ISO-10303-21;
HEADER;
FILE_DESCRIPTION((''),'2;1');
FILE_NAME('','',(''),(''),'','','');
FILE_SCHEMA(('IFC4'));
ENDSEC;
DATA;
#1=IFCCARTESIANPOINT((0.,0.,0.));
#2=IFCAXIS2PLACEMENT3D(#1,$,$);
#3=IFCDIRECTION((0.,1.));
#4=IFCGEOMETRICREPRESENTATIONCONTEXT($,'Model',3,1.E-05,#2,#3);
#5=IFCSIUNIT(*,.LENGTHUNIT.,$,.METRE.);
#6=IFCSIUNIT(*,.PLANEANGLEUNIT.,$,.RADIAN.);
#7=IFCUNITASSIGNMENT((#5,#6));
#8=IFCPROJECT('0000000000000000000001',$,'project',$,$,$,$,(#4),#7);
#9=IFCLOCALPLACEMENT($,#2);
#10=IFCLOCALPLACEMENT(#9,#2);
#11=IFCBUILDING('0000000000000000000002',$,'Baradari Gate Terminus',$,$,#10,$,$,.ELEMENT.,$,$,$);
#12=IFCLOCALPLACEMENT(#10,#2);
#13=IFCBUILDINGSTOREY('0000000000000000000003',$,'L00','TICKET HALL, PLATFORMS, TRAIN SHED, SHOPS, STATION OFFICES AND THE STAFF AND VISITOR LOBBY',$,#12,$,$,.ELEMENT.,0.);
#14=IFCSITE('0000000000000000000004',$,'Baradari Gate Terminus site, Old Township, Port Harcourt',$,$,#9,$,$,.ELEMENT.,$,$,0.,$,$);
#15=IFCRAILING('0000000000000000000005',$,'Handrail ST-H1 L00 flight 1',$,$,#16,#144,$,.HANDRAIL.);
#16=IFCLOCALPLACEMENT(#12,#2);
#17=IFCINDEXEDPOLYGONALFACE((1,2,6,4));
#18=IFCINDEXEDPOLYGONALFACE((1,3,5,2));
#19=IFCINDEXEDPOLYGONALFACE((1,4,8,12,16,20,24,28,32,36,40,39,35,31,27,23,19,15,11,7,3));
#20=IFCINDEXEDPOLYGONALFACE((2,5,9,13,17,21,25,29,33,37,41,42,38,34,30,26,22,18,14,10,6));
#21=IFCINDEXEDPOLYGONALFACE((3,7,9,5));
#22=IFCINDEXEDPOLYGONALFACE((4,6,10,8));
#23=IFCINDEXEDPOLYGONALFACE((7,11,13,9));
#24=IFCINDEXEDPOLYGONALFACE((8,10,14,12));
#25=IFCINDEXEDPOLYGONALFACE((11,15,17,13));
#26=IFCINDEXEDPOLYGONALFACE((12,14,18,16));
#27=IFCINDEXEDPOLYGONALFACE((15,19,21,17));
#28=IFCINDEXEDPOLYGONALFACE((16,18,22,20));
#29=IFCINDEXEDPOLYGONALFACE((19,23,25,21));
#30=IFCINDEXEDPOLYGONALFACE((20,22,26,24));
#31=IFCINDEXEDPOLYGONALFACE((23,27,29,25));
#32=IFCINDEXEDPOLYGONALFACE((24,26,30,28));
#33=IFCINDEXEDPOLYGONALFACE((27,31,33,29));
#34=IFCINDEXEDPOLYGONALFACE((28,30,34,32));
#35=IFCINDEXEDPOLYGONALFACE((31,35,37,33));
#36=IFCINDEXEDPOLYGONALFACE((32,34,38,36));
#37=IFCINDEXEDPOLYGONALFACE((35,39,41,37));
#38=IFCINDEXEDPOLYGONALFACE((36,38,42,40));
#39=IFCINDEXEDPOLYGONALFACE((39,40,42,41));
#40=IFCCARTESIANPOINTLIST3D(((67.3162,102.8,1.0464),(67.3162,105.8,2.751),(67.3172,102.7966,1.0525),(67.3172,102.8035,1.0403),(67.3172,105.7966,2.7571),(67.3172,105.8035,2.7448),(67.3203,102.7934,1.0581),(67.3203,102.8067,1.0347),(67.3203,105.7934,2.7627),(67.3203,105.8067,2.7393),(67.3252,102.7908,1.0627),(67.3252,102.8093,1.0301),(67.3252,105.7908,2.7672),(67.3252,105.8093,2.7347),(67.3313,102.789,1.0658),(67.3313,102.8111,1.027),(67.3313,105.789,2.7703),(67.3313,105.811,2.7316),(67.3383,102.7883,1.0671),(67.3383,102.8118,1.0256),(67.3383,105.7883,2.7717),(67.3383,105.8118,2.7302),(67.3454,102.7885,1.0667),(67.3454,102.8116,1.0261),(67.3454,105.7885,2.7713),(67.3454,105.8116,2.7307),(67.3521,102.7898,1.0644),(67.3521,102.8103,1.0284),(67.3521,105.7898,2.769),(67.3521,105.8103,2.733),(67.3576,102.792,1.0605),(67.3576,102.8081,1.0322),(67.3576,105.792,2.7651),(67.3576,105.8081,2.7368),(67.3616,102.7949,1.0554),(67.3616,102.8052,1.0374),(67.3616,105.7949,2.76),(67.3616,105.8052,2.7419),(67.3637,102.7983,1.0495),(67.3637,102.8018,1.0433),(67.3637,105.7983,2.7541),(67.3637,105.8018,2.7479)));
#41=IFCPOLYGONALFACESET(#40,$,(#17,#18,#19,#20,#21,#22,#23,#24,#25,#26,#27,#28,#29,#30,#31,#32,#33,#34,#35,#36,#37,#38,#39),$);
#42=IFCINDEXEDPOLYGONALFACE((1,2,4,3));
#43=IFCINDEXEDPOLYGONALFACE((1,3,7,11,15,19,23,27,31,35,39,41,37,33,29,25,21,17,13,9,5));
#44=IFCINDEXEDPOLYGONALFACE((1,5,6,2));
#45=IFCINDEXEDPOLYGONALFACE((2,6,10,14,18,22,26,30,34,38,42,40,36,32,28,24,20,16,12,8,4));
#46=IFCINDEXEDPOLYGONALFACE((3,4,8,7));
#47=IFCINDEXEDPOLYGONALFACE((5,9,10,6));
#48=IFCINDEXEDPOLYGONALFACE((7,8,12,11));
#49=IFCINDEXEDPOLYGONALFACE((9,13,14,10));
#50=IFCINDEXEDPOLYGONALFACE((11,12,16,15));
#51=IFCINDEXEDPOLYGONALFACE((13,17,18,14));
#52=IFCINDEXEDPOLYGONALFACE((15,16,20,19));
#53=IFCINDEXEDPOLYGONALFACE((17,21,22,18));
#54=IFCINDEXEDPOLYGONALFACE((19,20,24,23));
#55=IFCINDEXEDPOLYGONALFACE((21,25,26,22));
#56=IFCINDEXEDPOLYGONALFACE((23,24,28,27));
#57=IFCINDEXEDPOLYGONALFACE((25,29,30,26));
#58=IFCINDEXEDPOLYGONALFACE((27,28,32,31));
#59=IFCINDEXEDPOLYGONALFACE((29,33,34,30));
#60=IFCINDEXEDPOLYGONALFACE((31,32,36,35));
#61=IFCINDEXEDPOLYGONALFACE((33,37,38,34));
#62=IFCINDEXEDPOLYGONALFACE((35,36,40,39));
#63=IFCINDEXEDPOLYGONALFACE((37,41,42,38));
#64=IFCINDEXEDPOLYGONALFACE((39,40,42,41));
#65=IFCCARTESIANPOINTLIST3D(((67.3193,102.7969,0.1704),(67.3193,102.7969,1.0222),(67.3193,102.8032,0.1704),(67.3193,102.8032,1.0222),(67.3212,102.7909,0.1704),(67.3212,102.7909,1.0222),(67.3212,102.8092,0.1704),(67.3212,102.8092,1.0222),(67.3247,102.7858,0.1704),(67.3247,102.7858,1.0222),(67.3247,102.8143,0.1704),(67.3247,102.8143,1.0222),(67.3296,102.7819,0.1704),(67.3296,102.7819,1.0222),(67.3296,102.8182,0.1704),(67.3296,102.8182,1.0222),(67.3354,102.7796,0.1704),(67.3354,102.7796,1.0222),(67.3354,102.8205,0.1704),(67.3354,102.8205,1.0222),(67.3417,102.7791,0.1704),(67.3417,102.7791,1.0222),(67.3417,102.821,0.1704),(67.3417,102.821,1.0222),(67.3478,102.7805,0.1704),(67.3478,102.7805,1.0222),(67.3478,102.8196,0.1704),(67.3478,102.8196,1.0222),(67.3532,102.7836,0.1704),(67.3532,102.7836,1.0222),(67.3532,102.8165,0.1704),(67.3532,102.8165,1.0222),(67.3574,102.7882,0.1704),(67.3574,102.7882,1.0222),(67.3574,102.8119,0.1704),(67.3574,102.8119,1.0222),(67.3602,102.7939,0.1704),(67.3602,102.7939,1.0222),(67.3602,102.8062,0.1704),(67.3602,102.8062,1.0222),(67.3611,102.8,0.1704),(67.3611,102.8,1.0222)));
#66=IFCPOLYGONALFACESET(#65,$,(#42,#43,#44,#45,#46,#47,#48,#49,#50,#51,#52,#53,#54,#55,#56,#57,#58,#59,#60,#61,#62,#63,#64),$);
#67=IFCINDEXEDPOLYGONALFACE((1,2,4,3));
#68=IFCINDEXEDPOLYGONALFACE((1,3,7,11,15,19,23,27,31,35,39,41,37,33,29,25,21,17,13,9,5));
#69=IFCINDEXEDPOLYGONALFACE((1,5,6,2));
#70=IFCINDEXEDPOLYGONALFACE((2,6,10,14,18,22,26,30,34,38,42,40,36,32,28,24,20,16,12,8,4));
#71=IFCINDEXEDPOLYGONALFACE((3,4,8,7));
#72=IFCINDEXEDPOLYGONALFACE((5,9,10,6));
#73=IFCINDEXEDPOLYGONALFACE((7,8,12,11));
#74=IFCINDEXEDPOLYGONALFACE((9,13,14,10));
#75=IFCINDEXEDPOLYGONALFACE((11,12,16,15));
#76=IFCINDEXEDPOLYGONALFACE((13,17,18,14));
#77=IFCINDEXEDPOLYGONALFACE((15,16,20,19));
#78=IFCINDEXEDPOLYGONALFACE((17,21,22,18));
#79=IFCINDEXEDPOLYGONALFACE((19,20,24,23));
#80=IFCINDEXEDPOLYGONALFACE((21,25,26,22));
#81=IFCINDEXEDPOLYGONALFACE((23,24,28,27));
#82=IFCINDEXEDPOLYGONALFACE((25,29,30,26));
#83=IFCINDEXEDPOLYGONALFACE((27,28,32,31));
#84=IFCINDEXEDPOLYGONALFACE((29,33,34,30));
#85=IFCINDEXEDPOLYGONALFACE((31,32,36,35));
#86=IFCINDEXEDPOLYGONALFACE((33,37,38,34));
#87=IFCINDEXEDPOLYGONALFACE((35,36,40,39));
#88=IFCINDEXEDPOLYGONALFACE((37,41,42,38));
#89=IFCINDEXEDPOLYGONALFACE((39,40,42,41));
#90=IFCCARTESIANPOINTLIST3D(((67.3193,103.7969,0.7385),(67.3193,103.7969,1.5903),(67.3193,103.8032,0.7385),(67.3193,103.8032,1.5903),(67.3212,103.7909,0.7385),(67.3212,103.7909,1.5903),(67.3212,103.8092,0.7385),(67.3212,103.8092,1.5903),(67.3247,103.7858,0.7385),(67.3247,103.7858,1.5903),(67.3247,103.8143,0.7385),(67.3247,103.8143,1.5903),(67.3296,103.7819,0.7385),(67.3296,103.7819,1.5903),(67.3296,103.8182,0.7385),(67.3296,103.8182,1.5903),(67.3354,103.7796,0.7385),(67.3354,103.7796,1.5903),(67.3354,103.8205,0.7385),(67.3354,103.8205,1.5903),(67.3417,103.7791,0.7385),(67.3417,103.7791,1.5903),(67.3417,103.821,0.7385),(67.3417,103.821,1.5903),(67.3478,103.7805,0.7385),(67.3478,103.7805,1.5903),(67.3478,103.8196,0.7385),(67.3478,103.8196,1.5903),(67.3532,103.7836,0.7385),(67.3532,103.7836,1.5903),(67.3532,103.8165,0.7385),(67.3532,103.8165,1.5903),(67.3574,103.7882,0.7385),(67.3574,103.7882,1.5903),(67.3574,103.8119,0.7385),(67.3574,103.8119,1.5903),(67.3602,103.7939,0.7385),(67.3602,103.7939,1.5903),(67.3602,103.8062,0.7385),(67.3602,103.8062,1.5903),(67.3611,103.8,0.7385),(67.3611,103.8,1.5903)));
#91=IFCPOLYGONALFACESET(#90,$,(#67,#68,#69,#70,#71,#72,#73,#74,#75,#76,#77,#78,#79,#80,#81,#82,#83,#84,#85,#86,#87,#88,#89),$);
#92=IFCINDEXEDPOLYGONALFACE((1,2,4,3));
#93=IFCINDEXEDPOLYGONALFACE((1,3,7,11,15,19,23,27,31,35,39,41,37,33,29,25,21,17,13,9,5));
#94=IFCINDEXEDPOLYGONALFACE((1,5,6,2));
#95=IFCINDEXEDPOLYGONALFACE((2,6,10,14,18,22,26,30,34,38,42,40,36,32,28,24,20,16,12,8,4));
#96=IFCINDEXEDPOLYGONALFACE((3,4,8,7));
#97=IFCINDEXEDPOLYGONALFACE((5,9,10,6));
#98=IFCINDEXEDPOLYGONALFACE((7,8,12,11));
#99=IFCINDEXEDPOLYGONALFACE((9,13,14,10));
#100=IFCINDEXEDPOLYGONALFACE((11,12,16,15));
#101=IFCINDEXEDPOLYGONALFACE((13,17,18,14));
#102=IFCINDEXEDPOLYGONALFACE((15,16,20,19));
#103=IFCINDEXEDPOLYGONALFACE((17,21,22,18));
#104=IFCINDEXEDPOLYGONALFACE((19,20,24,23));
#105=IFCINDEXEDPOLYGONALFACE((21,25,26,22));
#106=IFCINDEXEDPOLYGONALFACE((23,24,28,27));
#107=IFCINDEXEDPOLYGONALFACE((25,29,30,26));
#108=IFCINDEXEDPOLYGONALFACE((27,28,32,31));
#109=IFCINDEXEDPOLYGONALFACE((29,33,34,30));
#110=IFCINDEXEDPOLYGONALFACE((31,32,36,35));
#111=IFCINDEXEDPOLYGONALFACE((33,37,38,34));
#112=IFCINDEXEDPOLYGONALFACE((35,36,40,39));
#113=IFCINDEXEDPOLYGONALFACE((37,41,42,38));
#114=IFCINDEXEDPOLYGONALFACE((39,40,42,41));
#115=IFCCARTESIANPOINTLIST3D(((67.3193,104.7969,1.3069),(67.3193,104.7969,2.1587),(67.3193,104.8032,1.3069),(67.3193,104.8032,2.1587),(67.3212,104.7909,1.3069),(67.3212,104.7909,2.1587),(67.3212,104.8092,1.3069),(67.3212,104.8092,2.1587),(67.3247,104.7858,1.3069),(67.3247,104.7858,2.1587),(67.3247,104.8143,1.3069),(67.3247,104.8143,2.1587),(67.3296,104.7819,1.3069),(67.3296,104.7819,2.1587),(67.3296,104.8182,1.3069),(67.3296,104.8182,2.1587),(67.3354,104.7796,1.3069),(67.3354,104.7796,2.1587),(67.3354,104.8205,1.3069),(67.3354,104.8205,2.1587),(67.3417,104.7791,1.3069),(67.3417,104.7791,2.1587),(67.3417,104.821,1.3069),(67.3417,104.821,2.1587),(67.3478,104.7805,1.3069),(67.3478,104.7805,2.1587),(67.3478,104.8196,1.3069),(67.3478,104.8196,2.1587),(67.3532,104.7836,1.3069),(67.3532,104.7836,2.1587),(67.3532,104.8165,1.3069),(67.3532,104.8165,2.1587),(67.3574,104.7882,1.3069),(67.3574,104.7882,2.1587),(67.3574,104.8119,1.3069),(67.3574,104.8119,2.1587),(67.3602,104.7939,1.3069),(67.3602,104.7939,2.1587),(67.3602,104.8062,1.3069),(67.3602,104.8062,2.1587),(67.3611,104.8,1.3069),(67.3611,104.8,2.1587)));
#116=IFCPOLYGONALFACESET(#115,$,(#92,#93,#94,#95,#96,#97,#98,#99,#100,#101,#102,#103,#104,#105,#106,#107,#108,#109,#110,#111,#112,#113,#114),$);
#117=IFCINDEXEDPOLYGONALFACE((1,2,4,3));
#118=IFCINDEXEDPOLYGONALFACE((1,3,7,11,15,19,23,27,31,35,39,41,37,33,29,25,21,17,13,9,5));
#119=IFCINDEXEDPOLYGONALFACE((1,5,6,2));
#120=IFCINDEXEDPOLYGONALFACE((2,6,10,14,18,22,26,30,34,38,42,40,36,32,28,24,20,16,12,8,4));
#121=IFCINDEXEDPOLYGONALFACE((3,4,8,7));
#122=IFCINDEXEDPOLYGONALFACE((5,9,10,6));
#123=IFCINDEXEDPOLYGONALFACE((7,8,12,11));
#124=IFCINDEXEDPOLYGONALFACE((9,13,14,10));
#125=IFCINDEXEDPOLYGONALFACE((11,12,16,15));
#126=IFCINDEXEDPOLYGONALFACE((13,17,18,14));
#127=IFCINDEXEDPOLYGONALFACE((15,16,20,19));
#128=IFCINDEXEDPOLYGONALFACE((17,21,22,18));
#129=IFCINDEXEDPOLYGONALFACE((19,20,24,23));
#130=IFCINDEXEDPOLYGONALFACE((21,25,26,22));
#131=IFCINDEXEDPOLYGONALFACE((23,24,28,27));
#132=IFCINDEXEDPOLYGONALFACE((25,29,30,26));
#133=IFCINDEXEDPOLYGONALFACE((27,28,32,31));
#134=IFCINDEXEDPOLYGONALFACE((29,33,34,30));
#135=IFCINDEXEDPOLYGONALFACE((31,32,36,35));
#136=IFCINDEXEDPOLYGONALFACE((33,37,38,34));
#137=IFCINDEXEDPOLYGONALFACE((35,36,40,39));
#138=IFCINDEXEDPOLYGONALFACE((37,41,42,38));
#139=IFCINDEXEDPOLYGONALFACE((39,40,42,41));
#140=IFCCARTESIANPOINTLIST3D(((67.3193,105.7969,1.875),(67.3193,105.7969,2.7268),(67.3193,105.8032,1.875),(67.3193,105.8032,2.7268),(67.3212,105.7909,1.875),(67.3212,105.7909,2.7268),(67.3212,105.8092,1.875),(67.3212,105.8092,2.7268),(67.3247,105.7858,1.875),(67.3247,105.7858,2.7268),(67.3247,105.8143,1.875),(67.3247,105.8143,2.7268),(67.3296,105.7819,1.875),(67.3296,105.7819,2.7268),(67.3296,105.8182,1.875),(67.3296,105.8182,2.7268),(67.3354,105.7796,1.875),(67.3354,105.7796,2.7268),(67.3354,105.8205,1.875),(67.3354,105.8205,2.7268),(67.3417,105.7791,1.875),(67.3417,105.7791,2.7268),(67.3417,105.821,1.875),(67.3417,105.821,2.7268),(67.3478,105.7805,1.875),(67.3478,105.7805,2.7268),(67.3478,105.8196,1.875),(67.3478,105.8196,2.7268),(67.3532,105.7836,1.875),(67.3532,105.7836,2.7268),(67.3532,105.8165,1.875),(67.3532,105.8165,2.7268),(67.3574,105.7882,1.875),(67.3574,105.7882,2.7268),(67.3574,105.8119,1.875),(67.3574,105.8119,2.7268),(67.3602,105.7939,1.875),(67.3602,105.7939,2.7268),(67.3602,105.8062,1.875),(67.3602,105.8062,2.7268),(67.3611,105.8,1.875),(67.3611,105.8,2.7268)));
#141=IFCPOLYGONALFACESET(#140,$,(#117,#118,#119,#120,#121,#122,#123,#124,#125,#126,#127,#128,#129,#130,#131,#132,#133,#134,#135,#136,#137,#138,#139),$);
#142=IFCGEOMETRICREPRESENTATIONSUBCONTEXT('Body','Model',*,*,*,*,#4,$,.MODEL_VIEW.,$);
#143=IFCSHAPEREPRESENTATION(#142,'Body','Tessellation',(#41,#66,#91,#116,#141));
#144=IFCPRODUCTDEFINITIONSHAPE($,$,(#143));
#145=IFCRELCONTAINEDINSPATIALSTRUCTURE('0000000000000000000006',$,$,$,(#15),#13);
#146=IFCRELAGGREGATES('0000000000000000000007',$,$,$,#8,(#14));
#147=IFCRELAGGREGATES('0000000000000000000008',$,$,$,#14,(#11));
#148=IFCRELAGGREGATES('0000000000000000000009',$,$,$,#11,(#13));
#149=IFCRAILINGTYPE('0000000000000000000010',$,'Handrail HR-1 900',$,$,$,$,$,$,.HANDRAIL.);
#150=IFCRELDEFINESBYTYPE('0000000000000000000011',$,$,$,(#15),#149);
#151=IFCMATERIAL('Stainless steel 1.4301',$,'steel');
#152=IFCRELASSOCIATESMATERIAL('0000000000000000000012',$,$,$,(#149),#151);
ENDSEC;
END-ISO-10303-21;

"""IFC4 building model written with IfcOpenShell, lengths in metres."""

from ifc_helpers import new_model, si_unit, direction, frame, origin, origin_2d, place, context, subcontext, project, spatial, circle, extrude, material, type_object, element, save


model = new_model("IFC4")

# Units and contexts
model_context = context("Model", 3, precision=1e-05, world=origin(), true_north=direction((0.0, 1.0)))
body_context = subcontext(model_context, "Body", "Model", "MODEL_VIEW")
ifc_project = project(units=[si_unit("LENGTHUNIT", "METRE"), si_unit("PLANEANGLEUNIT", "RADIAN")], contexts=[model_context])

# Site, building, storey
site_placement = place(None, origin())
site = spatial("IfcSite", under=ifc_project, at=site_placement, Name="Baradari Gate Terminus site, Old Township, Port Harcourt", CompositionType="ELEMENT", RefElevation=0.0)
building_placement = place(site_placement, origin())
building = spatial("IfcBuilding", under=site, at=building_placement, Name="Baradari Gate Terminus", CompositionType="ELEMENT")
storey_placement = place(building_placement, origin())
storey = spatial("IfcBuildingStorey", under=building, at=storey_placement, Name="L00", Description="TICKET HALL, PLATFORMS, TRAIN SHED, SHOPS, STATION OFFICES AND THE STAFF AND VISITOR LOBBY", CompositionType="ELEMENT", Elevation=0.0)

# Railing
ifc_material_1 = material(Name="Stainless steel 1.4301", Category="steel")
railing_type_1 = type_object("IfcRailingType", Name="Handrail HR-1 900", PredefinedType="HANDRAIL", material=ifc_material_1)
for number, where, name in (
    (1, (67.3401, 102.8, 0.1704), "Handrail ST-H1 L00 flight 1"),
):
    element("IfcRailing", number, at=place(storey_placement, frame(where)), inside=storey, type_object=railing_type_1, Name=name, PredefinedType="HANDRAIL", context=body_context, shape_type="SweptSolid", body=[
        extrude(circle(Radius=0.0239, at=origin_2d()), frame((0.0, 0.0, 0.876), z_axis=(0.0, 0.869451, 0.494019), x_axis=(-1.0, 0.0, 0.0)), (0.0, 0.0, 1.0), 3.4504),
        extrude(circle(Radius=0.021, at=origin_2d()), origin(), (0.0, 0.0, 1.0), 0.8518),
        extrude(circle(Radius=0.021, at=origin_2d()), frame((0.0, 1.0, 0.5681)), (0.0, 0.0, 1.0), 0.8518),
        extrude(circle(Radius=0.021, at=origin_2d()), frame((0.0, 2.0, 1.1365)), (0.0, 0.0, 1.0), 0.8518),
        extrude(circle(Radius=0.021, at=origin_2d()), frame((0.0, 3.0, 1.7046)), (0.0, 0.0, 1.0), 0.8518),
    ])

save(model, "model.ifc")
